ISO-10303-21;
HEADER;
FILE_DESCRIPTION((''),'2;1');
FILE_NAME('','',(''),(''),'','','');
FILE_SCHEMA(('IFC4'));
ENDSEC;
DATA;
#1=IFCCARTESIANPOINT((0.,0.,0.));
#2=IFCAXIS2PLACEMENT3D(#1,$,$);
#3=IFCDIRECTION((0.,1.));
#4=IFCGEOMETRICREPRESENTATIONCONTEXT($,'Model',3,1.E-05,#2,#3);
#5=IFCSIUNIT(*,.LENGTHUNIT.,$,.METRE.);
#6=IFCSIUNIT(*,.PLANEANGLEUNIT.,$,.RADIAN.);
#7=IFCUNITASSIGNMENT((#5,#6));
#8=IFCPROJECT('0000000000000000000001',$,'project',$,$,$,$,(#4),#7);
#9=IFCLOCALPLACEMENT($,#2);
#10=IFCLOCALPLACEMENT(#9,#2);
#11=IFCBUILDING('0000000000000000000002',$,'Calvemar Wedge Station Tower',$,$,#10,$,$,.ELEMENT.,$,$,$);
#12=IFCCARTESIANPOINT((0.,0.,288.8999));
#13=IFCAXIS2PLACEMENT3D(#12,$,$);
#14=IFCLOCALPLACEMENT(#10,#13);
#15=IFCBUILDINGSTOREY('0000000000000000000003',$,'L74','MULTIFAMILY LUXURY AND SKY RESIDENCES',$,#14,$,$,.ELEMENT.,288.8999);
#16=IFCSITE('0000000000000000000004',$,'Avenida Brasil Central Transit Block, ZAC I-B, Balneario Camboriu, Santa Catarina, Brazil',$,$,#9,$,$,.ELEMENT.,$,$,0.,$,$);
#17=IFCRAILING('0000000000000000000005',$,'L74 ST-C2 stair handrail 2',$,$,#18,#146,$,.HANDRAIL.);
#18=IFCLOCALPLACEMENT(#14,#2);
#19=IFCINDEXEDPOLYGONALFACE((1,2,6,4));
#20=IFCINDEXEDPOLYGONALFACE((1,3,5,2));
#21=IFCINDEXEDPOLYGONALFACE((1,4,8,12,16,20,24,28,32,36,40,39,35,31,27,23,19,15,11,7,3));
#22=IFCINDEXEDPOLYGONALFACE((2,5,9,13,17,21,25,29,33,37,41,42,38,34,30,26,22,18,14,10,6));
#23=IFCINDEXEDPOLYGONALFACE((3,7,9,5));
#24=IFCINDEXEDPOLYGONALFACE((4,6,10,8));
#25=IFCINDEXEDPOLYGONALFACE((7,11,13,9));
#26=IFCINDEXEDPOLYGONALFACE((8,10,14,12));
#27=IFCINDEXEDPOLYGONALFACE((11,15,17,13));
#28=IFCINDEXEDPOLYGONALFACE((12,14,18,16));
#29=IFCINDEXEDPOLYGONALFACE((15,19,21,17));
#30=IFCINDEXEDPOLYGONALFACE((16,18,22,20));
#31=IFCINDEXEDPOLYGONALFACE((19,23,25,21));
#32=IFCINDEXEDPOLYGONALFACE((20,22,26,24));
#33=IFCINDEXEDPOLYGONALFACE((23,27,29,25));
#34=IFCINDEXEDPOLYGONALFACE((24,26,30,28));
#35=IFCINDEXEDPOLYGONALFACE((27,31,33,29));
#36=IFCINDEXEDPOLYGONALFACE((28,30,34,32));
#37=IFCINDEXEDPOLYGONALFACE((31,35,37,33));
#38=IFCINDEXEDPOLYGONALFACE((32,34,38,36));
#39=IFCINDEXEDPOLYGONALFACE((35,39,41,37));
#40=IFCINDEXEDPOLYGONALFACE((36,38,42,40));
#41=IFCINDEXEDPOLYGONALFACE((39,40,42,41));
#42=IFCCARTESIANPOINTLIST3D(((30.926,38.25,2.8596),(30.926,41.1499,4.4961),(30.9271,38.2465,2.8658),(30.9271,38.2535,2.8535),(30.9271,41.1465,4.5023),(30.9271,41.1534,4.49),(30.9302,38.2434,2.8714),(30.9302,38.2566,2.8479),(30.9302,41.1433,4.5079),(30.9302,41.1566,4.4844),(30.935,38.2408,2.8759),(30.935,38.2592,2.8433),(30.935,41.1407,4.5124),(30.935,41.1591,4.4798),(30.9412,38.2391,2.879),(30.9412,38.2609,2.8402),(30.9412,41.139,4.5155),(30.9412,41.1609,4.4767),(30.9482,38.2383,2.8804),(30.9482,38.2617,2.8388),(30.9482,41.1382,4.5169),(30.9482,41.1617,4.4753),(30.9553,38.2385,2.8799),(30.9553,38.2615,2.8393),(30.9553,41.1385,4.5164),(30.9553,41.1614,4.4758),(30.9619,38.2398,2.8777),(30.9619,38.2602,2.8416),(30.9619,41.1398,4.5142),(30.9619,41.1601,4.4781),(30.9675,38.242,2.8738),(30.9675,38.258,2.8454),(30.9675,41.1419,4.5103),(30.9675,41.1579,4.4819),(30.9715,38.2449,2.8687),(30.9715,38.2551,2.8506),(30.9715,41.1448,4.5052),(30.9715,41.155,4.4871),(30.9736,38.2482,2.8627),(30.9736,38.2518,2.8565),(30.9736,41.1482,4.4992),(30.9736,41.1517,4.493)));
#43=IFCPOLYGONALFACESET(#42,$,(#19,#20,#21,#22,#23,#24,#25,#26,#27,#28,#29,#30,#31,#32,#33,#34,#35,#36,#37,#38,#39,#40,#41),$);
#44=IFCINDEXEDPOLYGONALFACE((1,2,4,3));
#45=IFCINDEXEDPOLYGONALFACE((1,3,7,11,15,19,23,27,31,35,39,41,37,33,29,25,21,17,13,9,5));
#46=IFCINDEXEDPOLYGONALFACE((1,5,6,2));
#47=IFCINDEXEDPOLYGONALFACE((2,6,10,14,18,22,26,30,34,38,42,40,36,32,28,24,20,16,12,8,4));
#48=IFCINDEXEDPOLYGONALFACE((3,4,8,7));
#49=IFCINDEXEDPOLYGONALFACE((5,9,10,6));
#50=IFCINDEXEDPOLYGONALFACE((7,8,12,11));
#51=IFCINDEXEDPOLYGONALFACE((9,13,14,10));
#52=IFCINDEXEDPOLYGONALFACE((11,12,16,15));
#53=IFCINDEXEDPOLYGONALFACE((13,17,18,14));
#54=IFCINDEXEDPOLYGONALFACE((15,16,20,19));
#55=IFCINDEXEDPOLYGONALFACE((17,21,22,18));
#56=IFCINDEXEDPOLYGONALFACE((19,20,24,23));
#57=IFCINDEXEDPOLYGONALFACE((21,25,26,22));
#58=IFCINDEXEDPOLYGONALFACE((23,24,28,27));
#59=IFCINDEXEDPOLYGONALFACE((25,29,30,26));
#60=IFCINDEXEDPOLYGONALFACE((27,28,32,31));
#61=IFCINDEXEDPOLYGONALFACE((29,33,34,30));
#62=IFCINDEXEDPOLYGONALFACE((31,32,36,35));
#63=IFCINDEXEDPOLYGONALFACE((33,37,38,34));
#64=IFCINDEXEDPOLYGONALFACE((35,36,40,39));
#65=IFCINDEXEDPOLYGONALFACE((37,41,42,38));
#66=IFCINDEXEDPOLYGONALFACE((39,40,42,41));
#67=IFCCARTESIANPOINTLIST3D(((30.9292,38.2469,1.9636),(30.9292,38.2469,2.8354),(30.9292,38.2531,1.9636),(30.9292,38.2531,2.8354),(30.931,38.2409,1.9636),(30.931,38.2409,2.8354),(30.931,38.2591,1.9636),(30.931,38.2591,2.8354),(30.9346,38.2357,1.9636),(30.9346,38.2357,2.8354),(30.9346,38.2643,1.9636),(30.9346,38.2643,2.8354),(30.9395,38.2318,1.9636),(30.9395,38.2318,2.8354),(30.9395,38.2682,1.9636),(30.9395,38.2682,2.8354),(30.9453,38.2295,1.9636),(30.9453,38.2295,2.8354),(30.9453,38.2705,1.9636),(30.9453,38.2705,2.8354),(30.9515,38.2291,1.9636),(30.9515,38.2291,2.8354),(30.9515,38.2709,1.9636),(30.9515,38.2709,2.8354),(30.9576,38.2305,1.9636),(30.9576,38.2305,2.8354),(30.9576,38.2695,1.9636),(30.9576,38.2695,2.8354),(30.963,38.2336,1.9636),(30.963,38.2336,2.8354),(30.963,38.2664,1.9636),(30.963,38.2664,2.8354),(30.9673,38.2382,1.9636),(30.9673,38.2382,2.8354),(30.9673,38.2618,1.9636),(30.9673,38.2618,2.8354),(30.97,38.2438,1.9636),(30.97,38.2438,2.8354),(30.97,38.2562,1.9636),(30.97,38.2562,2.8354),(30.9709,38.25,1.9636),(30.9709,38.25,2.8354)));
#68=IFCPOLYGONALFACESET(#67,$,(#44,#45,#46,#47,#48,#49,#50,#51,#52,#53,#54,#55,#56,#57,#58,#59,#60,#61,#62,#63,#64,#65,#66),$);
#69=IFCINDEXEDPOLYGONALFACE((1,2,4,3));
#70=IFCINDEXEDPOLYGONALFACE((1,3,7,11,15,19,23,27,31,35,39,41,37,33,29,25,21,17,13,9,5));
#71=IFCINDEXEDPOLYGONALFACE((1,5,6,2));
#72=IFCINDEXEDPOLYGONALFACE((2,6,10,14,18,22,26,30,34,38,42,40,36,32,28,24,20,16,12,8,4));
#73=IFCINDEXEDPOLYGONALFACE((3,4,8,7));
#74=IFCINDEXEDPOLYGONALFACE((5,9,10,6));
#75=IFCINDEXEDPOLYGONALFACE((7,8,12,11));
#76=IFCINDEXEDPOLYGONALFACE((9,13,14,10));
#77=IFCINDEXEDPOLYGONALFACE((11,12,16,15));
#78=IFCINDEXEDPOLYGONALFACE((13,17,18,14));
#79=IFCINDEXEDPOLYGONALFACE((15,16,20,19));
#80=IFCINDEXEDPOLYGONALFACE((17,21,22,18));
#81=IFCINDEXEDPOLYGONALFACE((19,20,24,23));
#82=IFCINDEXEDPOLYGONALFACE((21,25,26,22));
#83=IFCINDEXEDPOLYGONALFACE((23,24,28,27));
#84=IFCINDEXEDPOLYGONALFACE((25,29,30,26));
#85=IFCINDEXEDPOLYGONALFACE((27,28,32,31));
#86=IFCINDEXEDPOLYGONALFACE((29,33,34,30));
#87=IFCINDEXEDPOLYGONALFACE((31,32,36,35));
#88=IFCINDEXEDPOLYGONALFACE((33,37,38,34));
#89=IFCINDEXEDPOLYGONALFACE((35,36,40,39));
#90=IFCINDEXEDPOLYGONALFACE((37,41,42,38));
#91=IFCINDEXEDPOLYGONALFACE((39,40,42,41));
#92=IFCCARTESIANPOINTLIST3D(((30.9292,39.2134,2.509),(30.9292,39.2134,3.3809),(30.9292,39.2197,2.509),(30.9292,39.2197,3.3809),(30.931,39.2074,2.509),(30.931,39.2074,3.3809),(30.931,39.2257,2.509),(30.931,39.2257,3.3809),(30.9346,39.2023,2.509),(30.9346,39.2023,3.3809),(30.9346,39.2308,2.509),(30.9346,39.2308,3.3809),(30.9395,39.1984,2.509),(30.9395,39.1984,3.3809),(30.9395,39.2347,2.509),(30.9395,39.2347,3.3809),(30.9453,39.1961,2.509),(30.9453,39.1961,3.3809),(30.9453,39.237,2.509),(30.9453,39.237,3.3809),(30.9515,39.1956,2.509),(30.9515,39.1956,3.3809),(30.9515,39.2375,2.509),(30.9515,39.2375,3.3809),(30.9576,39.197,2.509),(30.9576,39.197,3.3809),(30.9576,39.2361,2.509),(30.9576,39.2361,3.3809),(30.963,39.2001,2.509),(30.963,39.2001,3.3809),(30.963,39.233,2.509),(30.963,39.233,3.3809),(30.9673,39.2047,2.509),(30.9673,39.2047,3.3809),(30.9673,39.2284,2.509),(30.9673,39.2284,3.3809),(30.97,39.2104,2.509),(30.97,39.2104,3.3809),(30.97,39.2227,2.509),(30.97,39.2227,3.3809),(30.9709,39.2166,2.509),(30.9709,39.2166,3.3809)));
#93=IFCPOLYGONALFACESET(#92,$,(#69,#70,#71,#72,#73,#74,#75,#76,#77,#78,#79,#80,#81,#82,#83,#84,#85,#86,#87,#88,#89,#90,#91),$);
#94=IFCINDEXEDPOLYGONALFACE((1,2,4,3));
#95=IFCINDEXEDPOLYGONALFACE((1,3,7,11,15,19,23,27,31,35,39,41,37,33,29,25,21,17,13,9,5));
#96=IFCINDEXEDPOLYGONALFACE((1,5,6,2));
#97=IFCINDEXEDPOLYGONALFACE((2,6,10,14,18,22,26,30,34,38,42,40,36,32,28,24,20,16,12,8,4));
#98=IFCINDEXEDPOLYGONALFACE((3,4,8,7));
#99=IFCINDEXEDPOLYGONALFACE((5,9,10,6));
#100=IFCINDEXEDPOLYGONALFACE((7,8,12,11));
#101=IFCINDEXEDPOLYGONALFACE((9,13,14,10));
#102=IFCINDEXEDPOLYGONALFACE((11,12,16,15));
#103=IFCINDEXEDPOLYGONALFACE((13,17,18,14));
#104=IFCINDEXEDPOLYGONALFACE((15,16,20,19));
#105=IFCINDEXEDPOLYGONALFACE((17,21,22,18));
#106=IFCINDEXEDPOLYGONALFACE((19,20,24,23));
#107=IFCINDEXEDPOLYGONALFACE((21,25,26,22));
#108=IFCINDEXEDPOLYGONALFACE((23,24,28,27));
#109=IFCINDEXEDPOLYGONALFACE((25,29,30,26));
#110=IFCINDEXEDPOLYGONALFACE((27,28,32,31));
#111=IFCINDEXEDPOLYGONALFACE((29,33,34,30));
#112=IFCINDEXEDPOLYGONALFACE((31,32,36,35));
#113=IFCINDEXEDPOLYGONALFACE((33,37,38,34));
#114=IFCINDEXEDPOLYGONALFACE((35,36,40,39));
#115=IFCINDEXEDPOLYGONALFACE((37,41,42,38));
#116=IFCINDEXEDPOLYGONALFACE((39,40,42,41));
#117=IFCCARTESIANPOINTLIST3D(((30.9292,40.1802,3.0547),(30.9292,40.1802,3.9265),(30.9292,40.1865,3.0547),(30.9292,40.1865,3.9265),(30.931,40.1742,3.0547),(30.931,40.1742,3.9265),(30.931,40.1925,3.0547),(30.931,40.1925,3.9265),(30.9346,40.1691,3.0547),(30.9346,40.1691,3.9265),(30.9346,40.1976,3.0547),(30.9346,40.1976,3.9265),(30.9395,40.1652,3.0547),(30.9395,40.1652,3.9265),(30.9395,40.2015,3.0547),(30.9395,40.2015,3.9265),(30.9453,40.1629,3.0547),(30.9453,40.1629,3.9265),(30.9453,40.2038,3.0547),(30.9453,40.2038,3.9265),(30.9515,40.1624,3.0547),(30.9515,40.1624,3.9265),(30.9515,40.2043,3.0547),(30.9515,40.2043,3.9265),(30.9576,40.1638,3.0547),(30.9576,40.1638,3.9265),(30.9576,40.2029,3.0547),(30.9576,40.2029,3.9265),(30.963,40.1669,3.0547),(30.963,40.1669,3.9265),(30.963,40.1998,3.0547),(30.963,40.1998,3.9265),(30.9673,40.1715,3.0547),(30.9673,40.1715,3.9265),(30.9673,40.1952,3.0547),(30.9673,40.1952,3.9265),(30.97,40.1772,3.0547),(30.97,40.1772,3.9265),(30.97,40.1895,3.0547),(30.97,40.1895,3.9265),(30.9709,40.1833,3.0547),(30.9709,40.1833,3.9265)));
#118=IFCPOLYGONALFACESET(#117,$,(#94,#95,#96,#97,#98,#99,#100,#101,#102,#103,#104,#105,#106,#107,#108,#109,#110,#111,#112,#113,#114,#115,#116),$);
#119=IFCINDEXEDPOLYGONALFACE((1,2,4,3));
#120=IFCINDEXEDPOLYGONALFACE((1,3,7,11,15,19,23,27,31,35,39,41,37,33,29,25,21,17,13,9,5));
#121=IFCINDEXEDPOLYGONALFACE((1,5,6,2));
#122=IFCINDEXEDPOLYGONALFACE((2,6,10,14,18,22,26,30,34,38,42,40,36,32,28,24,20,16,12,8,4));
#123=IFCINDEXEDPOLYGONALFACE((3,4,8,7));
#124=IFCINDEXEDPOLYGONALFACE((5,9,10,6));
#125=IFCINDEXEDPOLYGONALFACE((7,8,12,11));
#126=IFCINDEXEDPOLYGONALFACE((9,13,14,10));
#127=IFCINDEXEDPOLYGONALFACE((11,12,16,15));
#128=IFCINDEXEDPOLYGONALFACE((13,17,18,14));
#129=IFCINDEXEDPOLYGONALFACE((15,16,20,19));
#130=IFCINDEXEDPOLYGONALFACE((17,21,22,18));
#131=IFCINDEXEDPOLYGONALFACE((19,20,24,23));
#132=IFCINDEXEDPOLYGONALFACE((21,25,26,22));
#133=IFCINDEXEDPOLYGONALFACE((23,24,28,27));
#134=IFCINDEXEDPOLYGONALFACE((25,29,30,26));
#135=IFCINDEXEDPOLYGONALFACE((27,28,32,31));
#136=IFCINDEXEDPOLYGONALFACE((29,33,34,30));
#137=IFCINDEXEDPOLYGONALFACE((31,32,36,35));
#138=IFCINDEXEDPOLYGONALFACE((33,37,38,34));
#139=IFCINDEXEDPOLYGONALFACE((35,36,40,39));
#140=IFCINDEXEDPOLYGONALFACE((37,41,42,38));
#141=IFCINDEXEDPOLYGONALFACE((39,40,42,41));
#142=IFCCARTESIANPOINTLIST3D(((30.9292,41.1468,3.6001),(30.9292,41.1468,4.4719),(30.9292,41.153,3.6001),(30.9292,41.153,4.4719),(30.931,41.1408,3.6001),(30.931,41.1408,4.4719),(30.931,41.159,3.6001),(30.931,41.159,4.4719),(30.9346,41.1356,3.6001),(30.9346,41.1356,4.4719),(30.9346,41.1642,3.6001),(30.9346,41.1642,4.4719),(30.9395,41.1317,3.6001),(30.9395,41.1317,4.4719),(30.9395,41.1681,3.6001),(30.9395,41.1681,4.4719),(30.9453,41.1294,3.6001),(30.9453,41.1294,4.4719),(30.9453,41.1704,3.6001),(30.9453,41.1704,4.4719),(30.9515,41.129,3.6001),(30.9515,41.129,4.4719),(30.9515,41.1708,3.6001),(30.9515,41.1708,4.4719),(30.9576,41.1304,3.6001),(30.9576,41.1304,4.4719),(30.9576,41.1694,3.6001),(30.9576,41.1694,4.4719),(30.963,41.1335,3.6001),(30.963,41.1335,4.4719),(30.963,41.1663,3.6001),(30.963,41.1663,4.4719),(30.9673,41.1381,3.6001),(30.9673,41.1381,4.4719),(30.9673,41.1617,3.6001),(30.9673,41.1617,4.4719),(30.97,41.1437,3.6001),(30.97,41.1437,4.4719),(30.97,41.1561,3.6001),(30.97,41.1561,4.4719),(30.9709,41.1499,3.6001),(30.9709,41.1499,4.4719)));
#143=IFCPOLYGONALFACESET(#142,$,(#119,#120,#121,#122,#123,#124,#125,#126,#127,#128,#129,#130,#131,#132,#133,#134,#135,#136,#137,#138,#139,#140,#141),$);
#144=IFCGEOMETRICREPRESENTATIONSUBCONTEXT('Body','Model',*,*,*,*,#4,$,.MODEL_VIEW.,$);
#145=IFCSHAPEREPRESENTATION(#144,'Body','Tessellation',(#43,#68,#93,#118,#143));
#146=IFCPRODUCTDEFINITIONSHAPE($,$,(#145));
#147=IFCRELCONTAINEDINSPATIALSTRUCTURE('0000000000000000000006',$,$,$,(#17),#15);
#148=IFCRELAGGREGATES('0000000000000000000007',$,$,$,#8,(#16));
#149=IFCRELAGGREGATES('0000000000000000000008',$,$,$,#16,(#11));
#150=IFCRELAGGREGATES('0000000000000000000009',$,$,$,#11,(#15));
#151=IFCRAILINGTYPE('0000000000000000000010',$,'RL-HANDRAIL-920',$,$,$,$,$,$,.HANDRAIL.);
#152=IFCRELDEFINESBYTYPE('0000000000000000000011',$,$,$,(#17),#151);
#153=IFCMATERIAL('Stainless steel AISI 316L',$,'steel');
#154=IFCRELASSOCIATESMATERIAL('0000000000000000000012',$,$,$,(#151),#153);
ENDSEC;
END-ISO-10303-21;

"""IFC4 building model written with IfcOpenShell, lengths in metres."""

from ifc_helpers import new_model, si_unit, direction, frame, origin, origin_2d, place, context, subcontext, project, spatial, circle, extrude, material, type_object, element, save


model = new_model("IFC4")

# Units and contexts
model_context = context("Model", 3, precision=1e-05, world=origin(), true_north=direction((0.0, 1.0)))
body_context = subcontext(model_context, "Body", "Model", "MODEL_VIEW")
ifc_project = project(units=[si_unit("LENGTHUNIT", "METRE"), si_unit("PLANEANGLEUNIT", "RADIAN")], contexts=[model_context])

# Site, building, storey
site_placement = place(None, origin())
site = spatial("IfcSite", under=ifc_project, at=site_placement, Name="Avenida Brasil Central Transit Block, ZAC I-B, Balneario Camboriu, Santa Catarina, Brazil", CompositionType="ELEMENT", RefElevation=0.0)
building_placement = place(site_placement, origin())
building = spatial("IfcBuilding", under=site, at=building_placement, Name="Calvemar Wedge Station Tower", CompositionType="ELEMENT")
storey_placement = place(building_placement, frame((0.0, 0.0, 288.8999)))
storey = spatial("IfcBuildingStorey", under=building, at=storey_placement, Name="L74", Description="MULTIFAMILY LUXURY AND SKY RESIDENCES", CompositionType="ELEMENT", Elevation=288.8999)

# Railing
ifc_material_1 = material(Name="Stainless steel AISI 316L", Category="steel")
railing_type_1 = type_object("IfcRailingType", Name="RL-HANDRAIL-920", PredefinedType="HANDRAIL", material=ifc_material_1)
railing_1_placement = place(storey_placement, frame((30.95, 38.25, 1.9636)))
element("IfcRailing", 1, at=railing_1_placement, inside=storey, type_object=railing_type_1, Name="L74 ST-C2 stair handrail 2", PredefinedType="HANDRAIL", context=body_context, shape_type="SweptSolid", body=[
    extrude(circle(Radius=0.0239, at=origin_2d()), frame((0.0, 0.0, 0.896), z_axis=(0.0, 0.870897, 0.491465), x_axis=(-1.0, 0.0, 0.0)), (0.0, 0.0, 1.0), 3.3298),
    extrude(circle(Radius=0.021, at=origin_2d()), origin(), (0.0, 0.0, 1.0), 0.8718),
    extrude(circle(Radius=0.021, at=origin_2d()), frame((0.0, 0.9666, 0.5454)), (0.0, 0.0, 1.0), 0.8718),
    extrude(circle(Radius=0.021, at=origin_2d()), frame((0.0, 1.9333, 1.0911)), (0.0, 0.0, 1.0), 0.8718),
    extrude(circle(Radius=0.021, at=origin_2d()), frame((0.0, 2.8999, 1.6365)), (0.0, 0.0, 1.0), 0.8718),
])

save(model, "model.ifc")
